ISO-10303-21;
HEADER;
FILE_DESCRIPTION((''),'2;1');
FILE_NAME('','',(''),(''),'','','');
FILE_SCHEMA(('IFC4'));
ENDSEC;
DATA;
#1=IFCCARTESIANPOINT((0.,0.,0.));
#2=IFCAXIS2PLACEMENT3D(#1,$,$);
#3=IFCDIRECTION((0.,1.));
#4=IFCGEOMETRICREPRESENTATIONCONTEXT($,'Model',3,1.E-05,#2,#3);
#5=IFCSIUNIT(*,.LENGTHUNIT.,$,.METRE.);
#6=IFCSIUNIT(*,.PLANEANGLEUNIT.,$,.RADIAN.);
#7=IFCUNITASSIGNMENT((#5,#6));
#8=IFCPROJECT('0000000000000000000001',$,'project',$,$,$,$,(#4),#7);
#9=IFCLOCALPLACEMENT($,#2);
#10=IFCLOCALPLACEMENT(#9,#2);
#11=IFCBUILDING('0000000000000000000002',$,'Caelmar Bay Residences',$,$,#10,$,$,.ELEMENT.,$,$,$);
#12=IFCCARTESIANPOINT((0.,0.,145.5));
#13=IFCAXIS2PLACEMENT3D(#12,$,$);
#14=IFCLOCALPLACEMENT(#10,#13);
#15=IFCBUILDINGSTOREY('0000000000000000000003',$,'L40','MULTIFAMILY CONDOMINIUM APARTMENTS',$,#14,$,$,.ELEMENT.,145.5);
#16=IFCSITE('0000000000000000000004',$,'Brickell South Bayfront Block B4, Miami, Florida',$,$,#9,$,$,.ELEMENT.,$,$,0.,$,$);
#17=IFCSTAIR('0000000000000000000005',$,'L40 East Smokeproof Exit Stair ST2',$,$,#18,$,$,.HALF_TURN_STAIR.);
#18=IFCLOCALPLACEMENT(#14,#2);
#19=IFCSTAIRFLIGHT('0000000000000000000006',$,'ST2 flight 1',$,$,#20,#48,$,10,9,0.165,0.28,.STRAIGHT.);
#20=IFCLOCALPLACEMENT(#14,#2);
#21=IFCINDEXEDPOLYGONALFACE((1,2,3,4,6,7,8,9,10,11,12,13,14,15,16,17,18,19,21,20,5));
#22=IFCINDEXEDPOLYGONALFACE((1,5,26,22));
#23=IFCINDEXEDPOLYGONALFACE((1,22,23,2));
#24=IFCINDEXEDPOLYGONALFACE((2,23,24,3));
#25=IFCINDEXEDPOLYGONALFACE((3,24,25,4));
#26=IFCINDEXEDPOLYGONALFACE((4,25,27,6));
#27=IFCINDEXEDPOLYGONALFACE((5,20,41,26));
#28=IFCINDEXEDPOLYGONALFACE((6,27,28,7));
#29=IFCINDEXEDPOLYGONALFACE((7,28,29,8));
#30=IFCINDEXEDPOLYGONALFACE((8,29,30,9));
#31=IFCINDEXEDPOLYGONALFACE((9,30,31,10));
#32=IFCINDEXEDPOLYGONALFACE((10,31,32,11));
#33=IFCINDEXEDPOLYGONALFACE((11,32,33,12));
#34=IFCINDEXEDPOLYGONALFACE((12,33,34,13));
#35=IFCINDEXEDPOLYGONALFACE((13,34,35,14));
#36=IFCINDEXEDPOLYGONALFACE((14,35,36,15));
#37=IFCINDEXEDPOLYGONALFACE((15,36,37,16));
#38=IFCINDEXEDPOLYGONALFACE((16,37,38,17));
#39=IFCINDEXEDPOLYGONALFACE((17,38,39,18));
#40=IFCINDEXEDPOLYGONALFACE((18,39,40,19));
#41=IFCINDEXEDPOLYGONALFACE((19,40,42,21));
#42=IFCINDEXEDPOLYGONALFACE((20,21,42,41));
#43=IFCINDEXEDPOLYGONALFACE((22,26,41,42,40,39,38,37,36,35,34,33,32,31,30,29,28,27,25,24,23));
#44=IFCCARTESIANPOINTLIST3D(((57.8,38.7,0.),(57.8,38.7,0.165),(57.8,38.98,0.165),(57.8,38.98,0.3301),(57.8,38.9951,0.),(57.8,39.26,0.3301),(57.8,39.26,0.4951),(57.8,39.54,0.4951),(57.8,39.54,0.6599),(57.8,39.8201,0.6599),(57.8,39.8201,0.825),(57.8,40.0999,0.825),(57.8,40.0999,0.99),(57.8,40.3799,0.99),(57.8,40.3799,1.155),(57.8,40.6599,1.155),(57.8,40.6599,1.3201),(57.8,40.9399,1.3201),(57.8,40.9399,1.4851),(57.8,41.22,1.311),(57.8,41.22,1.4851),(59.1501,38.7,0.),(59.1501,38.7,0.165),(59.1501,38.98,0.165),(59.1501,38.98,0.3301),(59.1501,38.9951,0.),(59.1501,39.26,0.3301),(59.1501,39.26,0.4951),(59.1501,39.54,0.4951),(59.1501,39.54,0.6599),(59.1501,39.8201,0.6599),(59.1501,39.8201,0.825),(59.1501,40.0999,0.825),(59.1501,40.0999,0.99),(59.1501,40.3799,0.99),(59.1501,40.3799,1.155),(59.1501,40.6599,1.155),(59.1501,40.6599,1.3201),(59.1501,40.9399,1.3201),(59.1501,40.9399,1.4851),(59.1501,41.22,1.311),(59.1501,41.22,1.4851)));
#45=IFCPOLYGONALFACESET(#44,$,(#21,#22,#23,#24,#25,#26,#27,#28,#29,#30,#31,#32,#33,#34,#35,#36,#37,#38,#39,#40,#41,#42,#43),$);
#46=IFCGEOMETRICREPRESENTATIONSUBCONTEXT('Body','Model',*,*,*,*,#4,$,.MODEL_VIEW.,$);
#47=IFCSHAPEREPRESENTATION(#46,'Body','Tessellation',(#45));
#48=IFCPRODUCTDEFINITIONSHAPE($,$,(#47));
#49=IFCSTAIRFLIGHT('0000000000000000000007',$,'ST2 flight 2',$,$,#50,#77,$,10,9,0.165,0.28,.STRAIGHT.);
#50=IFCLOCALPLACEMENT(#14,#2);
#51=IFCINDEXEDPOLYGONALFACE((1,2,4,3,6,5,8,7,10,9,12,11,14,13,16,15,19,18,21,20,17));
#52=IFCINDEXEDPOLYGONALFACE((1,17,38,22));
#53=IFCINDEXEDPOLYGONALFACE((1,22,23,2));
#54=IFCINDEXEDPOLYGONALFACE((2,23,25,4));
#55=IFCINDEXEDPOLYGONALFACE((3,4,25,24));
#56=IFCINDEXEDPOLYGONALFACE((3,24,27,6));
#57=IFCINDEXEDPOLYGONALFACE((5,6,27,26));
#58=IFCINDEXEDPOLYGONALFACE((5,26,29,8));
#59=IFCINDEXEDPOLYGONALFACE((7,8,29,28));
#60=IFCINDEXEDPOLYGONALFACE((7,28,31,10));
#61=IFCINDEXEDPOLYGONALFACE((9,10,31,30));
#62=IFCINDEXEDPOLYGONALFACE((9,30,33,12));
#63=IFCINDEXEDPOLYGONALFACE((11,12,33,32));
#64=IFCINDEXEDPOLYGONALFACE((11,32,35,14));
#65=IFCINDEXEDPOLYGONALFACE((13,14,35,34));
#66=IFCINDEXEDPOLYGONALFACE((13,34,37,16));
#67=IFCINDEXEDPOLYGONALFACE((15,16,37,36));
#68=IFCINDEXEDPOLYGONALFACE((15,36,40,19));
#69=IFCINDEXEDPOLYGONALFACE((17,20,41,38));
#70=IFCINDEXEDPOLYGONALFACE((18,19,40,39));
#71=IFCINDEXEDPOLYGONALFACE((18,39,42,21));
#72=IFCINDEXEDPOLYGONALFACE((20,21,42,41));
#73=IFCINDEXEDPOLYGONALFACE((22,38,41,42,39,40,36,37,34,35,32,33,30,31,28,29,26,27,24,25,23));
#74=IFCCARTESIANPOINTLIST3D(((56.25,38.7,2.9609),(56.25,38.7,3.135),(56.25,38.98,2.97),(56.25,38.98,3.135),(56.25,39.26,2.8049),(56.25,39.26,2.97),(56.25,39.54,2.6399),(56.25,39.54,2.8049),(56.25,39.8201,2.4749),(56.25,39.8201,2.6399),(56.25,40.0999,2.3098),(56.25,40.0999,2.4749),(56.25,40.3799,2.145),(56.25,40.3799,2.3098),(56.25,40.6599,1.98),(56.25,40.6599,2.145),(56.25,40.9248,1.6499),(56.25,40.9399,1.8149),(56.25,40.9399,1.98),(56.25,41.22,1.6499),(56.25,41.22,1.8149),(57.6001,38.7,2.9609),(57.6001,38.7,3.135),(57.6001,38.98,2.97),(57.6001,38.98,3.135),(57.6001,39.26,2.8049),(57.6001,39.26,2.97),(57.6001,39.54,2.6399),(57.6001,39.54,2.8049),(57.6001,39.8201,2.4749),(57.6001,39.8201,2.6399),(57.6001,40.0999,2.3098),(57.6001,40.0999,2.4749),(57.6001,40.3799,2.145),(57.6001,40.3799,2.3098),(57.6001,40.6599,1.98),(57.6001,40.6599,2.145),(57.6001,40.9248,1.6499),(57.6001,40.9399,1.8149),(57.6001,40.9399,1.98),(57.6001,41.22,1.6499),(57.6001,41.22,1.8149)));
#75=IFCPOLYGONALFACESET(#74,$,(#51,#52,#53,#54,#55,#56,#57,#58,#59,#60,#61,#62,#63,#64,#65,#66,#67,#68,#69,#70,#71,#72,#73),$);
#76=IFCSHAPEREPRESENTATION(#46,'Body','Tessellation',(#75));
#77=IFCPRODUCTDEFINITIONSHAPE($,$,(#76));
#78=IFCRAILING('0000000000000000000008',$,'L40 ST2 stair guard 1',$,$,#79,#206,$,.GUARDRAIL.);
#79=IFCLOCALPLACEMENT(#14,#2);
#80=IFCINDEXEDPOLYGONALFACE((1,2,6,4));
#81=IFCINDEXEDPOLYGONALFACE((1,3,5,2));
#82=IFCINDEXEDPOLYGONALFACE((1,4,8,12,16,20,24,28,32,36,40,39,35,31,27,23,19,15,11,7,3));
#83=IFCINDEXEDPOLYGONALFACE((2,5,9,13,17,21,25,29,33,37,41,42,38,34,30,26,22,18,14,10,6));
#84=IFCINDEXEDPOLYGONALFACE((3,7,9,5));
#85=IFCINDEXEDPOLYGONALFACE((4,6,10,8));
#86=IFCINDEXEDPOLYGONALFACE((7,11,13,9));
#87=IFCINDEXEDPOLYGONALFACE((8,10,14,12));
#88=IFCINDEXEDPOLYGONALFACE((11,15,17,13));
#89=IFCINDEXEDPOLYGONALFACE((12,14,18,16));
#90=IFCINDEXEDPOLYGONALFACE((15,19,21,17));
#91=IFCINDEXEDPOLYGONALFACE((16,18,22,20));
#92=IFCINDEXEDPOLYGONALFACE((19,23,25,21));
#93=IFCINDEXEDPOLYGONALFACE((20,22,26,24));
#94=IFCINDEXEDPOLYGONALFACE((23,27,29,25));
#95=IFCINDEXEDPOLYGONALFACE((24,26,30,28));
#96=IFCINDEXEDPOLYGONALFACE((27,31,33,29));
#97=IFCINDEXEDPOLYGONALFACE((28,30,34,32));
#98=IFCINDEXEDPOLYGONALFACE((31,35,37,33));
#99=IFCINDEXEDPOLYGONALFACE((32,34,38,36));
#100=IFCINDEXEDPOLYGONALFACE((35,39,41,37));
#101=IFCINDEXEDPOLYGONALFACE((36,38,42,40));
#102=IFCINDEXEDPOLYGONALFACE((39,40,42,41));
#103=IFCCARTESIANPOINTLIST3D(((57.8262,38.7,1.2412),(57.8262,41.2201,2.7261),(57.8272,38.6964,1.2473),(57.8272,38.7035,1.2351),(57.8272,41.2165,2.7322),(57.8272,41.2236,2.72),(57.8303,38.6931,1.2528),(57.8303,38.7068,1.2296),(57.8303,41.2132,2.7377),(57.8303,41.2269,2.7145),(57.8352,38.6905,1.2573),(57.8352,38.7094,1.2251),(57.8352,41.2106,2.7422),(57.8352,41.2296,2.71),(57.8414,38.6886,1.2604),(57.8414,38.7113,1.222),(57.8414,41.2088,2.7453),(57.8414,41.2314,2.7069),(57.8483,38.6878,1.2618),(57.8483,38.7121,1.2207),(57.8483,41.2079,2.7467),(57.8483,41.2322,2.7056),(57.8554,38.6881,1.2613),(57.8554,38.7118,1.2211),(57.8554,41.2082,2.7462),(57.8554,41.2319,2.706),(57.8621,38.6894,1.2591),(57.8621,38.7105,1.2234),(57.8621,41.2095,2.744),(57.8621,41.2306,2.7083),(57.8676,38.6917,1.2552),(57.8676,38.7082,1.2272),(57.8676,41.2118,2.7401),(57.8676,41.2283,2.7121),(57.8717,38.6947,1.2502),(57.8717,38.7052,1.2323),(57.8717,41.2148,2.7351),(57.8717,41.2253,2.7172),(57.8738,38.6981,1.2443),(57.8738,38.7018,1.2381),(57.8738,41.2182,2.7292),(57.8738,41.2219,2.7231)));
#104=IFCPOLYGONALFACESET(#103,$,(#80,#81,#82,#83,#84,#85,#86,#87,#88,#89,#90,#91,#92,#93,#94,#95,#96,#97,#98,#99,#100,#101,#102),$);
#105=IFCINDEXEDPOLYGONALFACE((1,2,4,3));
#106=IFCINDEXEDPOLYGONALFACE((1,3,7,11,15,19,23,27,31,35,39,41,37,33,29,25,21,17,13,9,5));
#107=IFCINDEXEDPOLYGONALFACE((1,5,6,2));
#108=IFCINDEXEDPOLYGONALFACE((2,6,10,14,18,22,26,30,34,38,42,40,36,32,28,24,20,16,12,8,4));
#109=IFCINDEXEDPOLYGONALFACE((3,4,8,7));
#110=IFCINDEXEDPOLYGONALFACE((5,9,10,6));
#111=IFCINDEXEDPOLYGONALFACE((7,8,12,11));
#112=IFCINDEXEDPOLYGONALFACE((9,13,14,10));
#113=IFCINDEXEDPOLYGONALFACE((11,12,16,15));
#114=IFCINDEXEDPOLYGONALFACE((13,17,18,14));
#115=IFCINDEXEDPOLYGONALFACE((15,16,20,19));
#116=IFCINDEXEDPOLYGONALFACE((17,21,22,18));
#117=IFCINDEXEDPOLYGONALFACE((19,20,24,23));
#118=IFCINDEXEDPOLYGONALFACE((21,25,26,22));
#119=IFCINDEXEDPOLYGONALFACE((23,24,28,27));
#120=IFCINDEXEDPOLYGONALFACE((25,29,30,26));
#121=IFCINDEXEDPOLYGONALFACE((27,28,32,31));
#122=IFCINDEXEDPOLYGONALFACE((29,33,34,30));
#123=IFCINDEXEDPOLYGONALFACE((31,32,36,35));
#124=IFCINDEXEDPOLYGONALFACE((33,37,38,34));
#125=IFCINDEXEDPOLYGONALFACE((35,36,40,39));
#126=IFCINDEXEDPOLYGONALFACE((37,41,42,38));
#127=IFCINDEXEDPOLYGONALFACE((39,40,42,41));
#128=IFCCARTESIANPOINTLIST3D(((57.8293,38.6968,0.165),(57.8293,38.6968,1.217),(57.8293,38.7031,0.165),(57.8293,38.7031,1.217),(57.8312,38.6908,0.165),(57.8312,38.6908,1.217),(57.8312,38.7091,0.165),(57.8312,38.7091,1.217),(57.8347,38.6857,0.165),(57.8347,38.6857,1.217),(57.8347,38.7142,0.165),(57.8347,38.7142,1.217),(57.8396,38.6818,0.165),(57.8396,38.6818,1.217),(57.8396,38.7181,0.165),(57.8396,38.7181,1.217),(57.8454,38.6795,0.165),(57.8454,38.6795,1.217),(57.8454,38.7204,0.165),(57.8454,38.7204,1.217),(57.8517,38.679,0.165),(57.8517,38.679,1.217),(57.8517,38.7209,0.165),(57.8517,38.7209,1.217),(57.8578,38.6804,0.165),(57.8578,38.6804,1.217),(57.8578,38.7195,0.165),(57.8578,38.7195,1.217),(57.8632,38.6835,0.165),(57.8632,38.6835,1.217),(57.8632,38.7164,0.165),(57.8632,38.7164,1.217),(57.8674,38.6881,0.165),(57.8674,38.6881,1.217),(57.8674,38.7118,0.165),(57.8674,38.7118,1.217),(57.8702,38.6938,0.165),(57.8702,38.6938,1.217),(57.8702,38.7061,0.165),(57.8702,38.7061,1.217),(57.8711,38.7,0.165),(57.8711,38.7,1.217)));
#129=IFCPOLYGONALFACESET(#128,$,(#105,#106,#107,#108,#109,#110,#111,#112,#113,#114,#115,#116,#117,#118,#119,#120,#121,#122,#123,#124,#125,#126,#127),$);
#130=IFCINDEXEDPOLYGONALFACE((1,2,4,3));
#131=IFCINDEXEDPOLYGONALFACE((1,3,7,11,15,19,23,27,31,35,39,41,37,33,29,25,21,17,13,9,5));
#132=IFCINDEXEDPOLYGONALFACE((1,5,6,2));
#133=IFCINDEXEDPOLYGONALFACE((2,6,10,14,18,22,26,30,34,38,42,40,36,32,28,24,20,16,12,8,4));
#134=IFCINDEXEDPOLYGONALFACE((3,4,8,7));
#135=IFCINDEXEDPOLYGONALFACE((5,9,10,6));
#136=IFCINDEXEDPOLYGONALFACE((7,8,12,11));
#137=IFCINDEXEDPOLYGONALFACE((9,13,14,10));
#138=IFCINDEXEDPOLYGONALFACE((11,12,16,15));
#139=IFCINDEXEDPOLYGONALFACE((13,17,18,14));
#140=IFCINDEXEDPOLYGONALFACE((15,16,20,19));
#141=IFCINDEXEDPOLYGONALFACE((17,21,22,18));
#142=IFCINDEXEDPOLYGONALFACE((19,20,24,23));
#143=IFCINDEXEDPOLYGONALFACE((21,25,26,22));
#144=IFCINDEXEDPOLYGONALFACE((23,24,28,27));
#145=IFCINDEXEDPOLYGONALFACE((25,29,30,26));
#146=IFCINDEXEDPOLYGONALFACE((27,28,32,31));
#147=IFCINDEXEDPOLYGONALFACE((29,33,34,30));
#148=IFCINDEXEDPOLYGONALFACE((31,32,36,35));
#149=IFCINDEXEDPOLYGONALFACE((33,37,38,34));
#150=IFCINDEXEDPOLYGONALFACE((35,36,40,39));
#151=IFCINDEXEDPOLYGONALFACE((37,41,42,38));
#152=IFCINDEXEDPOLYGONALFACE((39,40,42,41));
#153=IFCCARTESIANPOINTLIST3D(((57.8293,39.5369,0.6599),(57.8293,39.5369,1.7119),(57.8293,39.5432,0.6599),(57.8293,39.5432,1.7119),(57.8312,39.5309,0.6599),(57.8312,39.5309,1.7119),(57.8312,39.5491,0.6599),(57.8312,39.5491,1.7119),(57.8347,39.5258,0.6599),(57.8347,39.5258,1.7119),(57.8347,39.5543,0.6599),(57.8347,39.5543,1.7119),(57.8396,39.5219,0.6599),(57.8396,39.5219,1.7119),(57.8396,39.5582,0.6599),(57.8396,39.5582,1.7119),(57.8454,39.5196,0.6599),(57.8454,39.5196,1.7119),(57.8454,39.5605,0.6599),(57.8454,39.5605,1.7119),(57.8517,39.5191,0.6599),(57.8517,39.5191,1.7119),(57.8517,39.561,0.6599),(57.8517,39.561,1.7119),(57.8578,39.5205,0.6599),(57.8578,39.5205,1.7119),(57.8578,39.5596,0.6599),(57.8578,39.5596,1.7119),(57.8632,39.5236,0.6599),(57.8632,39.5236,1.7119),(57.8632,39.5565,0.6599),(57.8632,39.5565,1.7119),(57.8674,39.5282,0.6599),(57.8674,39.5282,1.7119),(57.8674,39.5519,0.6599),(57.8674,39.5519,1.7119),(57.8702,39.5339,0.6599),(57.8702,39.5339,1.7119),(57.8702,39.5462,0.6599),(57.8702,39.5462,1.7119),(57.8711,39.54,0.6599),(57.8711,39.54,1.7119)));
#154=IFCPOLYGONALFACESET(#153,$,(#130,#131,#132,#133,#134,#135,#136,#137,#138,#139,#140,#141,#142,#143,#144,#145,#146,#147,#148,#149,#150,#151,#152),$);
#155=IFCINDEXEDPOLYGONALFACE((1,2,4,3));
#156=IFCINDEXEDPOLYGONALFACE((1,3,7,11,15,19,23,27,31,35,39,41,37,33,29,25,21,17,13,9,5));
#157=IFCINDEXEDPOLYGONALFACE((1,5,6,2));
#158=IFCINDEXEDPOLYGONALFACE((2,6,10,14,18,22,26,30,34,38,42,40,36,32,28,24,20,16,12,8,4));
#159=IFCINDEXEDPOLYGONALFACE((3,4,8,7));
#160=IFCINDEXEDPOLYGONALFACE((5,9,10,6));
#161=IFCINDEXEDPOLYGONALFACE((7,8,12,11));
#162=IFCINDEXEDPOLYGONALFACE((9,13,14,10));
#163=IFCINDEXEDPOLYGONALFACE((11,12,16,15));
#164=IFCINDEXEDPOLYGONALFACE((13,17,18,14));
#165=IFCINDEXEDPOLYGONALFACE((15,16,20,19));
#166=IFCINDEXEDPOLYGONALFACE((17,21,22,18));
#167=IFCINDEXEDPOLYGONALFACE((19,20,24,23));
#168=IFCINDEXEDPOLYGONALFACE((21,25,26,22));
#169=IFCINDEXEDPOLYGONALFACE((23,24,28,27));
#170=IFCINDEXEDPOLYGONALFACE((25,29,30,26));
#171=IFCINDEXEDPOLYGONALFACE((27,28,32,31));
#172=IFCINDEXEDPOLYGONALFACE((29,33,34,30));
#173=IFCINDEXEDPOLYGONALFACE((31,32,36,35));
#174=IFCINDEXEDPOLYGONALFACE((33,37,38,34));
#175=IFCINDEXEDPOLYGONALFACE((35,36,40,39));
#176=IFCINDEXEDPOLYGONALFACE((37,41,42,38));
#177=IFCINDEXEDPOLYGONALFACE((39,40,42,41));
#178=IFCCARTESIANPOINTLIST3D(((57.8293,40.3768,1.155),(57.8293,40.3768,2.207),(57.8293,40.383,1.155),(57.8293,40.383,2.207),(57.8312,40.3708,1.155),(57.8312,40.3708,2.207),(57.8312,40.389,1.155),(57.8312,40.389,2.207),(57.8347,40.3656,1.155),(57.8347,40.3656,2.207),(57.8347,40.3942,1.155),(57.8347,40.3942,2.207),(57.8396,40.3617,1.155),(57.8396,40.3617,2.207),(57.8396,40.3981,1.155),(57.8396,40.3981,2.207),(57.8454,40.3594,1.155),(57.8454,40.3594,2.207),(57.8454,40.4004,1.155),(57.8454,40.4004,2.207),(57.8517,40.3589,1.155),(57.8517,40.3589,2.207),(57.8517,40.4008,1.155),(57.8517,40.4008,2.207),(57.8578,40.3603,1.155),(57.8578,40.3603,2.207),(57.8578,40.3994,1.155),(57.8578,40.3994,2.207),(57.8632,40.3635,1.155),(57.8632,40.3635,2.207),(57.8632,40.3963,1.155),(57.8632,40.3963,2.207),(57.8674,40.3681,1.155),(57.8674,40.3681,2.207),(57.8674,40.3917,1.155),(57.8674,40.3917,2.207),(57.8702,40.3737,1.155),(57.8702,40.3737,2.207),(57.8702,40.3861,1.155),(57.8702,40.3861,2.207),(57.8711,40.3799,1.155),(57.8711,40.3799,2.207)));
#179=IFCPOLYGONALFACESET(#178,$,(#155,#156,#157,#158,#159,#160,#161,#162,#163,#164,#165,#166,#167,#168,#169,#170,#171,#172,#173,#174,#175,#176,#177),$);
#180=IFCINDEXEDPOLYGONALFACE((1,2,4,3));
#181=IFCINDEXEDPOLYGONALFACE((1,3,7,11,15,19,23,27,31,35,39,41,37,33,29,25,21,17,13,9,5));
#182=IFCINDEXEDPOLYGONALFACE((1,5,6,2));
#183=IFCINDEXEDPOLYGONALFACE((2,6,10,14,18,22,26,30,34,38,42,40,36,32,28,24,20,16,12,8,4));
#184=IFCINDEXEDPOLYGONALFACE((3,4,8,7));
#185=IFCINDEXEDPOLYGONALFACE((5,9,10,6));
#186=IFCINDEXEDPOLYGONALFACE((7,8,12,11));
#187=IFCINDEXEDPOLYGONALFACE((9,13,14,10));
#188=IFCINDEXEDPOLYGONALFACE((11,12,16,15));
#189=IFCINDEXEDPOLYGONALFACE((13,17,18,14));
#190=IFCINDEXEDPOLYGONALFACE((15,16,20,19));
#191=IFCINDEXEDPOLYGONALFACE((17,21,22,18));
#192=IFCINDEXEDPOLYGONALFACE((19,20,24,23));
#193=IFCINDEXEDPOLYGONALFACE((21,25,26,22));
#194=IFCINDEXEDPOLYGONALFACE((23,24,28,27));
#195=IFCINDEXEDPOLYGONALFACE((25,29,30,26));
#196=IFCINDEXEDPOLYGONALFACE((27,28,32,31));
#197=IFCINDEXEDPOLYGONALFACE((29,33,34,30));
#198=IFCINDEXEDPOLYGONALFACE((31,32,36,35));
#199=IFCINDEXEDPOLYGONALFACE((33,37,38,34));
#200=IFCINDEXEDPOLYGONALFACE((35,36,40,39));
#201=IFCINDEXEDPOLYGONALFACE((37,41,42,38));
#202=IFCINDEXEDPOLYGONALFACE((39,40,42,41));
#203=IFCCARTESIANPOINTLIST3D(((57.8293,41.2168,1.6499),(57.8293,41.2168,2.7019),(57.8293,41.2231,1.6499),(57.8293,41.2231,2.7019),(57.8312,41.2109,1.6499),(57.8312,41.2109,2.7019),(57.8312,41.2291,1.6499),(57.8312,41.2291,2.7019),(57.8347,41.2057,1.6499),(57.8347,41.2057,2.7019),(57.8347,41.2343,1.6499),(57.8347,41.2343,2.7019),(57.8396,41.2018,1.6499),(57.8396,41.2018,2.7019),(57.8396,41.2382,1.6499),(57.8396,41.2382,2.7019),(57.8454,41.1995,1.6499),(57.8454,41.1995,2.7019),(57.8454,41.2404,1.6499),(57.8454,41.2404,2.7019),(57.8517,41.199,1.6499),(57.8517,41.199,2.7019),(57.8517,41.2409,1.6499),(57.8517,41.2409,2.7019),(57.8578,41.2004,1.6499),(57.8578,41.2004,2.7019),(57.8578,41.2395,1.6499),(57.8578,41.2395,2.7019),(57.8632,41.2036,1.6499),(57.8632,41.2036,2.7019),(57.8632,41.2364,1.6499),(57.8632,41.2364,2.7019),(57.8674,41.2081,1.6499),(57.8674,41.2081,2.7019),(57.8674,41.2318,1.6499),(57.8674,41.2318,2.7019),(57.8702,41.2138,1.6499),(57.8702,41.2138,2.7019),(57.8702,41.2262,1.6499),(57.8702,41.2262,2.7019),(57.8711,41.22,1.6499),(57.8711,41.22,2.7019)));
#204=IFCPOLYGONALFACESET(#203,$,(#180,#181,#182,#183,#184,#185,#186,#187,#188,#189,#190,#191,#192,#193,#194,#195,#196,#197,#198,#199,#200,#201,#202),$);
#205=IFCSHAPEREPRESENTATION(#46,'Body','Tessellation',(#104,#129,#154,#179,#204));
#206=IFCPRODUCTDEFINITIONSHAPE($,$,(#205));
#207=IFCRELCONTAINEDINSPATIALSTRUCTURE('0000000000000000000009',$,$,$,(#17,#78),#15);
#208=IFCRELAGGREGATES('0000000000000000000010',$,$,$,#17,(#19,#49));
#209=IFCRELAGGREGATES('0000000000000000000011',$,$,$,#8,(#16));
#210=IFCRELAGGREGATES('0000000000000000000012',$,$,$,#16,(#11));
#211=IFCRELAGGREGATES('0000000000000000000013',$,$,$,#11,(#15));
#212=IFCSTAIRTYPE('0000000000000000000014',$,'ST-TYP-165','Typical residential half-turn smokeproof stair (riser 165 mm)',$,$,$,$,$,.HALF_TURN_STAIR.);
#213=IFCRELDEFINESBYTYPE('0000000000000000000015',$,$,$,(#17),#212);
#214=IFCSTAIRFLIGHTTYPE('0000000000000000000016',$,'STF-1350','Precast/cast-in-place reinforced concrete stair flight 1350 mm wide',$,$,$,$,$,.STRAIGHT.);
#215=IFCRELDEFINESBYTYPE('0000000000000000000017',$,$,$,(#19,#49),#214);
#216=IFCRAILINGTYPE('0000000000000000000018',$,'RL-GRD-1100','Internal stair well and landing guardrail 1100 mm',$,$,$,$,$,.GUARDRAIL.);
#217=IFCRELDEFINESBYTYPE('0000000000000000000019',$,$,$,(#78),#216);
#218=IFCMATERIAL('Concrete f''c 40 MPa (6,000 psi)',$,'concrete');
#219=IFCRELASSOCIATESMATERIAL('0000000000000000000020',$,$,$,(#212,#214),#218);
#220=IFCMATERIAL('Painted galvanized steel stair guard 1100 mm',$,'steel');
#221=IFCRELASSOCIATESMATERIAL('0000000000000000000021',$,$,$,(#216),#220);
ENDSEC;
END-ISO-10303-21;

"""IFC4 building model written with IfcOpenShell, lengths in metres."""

from ifc_helpers import new_model, si_unit, direction, frame, origin, origin_2d, place, context, subcontext, project, spatial, polyline, circle, outline, extrude, material, type_object, element, aggregate, save


model = new_model("IFC4")

# Units and contexts
model_context = context("Model", 3, precision=1e-05, world=origin(), true_north=direction((0.0, 1.0)))
body_context = subcontext(model_context, "Body", "Model", "MODEL_VIEW")
ifc_project = project(units=[si_unit("LENGTHUNIT", "METRE"), si_unit("PLANEANGLEUNIT", "RADIAN")], contexts=[model_context])

# Site, building, storey
site_placement = place(None, origin())
site = spatial("IfcSite", under=ifc_project, at=site_placement, Name="Brickell South Bayfront Block B4, Miami, Florida", CompositionType="ELEMENT", RefElevation=0.0)
building_placement = place(site_placement, origin())
building = spatial("IfcBuilding", under=site, at=building_placement, Name="Caelmar Bay Residences", CompositionType="ELEMENT")
storey_placement = place(building_placement, frame((0.0, 0.0, 145.5)))
storey = spatial("IfcBuildingStorey", under=building, at=storey_placement, Name="L40", Description="MULTIFAMILY CONDOMINIUM APARTMENTS", CompositionType="ELEMENT", Elevation=145.5)

# Stair, stair flights
ifc_material_1 = material(Name="Concrete f'c 40 MPa (6,000 psi)", Category="concrete")
stair_type = type_object("IfcStairType", Name="ST-TYP-165", Description="Typical residential half-turn smokeproof stair (riser 165 mm)", PredefinedType="HALF_TURN_STAIR", material=ifc_material_1)
stair_placement = place(storey_placement, origin())
stair = element("IfcStair", 1, at=stair_placement, inside=storey, type_object=stair_type, Name="L40 East Smokeproof Exit Stair ST2", PredefinedType="HALF_TURN_STAIR")
stair_flight_type = type_object("IfcStairFlightType", Name="STF-1350", Description="Precast/cast-in-place reinforced concrete stair flight 1350 mm wide", PredefinedType="STRAIGHT", material=ifc_material_1)
stair_flight_1_placement = place(storey_placement, frame((58.4751, 38.7, 0.0), z_axis=(0.0, 0.0, 1.0), x_axis=(0.0, 1.0, 0.0)))
stair_flight_1 = element("IfcStairFlight", 2, at=stair_flight_1_placement, type_object=stair_flight_type, Name="ST2 flight 1", NumberOfRisers=10, NumberOfTreads=9, PredefinedType="STRAIGHT", RiserHeight=0.165, TreadLength=0.28, context=body_context, shape_type="SweptSolid", body=[
    extrude(outline(polyline([(0.0, 0.0), (0.0, 0.165), (0.28, 0.165), (0.28, 0.3301), (0.5601, 0.3301), (0.5601, 0.4951), (0.8401, 0.4951), (0.8401, 0.6599), (1.1201, 0.6599), (1.1201, 0.825), (1.3999, 0.825), (1.3999, 0.99), (1.6799, 0.99), (1.6799, 1.155), (1.96, 1.155), (1.96, 1.3201), (2.24, 1.3201), (2.24, 1.4851), (2.52, 1.4851), (2.52, 1.6499), (2.52, 1.311), (0.2952, 0.0), (0.0, 0.0)])), frame((0.0, 0.675, 0.0), z_axis=(0.0, -1.0, 0.0), x_axis=(1.0, 0.0, 0.0)), (0.0, 0.0, 1.0), 1.3501),
])
stair_flight_2_placement = place(storey_placement, frame((56.925, 41.22, 1.6499), z_axis=(0.0, 0.0, 1.0), x_axis=(0.0, -1.0, 0.0)))
stair_flight_2 = element("IfcStairFlight", 3, at=stair_flight_2_placement, type_object=stair_flight_type, Name="ST2 flight 2", NumberOfRisers=10, NumberOfTreads=9, PredefinedType="STRAIGHT", RiserHeight=0.165, TreadLength=0.28, context=body_context, shape_type="SweptSolid", body=[
    extrude(outline(polyline([(0.0, 0.0), (0.0, 0.165), (0.28, 0.165), (0.28, 0.3301), (0.5601, 0.3301), (0.5601, 0.4951), (0.8401, 0.4951), (0.8401, 0.6599), (1.1201, 0.6599), (1.1201, 0.825), (1.3999, 0.825), (1.3999, 0.99), (1.6799, 0.99), (1.6799, 1.155), (1.96, 1.155), (1.96, 1.3201), (2.24, 1.3201), (2.24, 1.4851), (2.52, 1.4851), (2.52, 1.6499), (2.52, 1.311), (0.2952, 0.0), (0.0, 0.0)])), frame((0.0, 0.675, 0.0), z_axis=(0.0, -1.0, 0.0), x_axis=(1.0, 0.0, 0.0)), (0.0, 0.0, 1.0), 1.3501),
])
aggregate(stair, [stair_flight_1, stair_flight_2])

# Railing
ifc_material_2 = material(Name="Painted galvanized steel stair guard 1100 mm", Category="steel")
railing_type_1 = type_object("IfcRailingType", Name="RL-GRD-1100", Description="Internal stair well and landing guardrail 1100 mm", PredefinedType="GUARDRAIL", material=ifc_material_2)
railing_1_placement = place(storey_placement, frame((57.8501, 38.7, 0.165)))
element("IfcRailing", 4, at=railing_1_placement, inside=storey, type_object=railing_type_1, Name="L40 ST2 stair guard 1", PredefinedType="GUARDRAIL", context=body_context, shape_type="SweptSolid", body=[
    extrude(circle(Radius=0.0239, at=origin_2d()), frame((0.0, 0.0, 1.0762), z_axis=(0.0, 0.861561, 0.507655), x_axis=(-1.0, 0.0, 0.0)), (0.0, 0.0, 1.0), 2.925),
    extrude(circle(Radius=0.021, at=origin_2d()), origin(), (0.0, 0.0, 1.0), 1.052),
    extrude(circle(Radius=0.021, at=origin_2d()), frame((0.0, 0.8401, 0.4949)), (0.0, 0.0, 1.0), 1.052),
    extrude(circle(Radius=0.021, at=origin_2d()), frame((0.0, 1.6799, 0.99)), (0.0, 0.0, 1.0), 1.052),
    extrude(circle(Radius=0.021, at=origin_2d()), frame((0.0, 2.52, 1.4849)), (0.0, 0.0, 1.0), 1.052),
])

save(model, "model.ifc")
